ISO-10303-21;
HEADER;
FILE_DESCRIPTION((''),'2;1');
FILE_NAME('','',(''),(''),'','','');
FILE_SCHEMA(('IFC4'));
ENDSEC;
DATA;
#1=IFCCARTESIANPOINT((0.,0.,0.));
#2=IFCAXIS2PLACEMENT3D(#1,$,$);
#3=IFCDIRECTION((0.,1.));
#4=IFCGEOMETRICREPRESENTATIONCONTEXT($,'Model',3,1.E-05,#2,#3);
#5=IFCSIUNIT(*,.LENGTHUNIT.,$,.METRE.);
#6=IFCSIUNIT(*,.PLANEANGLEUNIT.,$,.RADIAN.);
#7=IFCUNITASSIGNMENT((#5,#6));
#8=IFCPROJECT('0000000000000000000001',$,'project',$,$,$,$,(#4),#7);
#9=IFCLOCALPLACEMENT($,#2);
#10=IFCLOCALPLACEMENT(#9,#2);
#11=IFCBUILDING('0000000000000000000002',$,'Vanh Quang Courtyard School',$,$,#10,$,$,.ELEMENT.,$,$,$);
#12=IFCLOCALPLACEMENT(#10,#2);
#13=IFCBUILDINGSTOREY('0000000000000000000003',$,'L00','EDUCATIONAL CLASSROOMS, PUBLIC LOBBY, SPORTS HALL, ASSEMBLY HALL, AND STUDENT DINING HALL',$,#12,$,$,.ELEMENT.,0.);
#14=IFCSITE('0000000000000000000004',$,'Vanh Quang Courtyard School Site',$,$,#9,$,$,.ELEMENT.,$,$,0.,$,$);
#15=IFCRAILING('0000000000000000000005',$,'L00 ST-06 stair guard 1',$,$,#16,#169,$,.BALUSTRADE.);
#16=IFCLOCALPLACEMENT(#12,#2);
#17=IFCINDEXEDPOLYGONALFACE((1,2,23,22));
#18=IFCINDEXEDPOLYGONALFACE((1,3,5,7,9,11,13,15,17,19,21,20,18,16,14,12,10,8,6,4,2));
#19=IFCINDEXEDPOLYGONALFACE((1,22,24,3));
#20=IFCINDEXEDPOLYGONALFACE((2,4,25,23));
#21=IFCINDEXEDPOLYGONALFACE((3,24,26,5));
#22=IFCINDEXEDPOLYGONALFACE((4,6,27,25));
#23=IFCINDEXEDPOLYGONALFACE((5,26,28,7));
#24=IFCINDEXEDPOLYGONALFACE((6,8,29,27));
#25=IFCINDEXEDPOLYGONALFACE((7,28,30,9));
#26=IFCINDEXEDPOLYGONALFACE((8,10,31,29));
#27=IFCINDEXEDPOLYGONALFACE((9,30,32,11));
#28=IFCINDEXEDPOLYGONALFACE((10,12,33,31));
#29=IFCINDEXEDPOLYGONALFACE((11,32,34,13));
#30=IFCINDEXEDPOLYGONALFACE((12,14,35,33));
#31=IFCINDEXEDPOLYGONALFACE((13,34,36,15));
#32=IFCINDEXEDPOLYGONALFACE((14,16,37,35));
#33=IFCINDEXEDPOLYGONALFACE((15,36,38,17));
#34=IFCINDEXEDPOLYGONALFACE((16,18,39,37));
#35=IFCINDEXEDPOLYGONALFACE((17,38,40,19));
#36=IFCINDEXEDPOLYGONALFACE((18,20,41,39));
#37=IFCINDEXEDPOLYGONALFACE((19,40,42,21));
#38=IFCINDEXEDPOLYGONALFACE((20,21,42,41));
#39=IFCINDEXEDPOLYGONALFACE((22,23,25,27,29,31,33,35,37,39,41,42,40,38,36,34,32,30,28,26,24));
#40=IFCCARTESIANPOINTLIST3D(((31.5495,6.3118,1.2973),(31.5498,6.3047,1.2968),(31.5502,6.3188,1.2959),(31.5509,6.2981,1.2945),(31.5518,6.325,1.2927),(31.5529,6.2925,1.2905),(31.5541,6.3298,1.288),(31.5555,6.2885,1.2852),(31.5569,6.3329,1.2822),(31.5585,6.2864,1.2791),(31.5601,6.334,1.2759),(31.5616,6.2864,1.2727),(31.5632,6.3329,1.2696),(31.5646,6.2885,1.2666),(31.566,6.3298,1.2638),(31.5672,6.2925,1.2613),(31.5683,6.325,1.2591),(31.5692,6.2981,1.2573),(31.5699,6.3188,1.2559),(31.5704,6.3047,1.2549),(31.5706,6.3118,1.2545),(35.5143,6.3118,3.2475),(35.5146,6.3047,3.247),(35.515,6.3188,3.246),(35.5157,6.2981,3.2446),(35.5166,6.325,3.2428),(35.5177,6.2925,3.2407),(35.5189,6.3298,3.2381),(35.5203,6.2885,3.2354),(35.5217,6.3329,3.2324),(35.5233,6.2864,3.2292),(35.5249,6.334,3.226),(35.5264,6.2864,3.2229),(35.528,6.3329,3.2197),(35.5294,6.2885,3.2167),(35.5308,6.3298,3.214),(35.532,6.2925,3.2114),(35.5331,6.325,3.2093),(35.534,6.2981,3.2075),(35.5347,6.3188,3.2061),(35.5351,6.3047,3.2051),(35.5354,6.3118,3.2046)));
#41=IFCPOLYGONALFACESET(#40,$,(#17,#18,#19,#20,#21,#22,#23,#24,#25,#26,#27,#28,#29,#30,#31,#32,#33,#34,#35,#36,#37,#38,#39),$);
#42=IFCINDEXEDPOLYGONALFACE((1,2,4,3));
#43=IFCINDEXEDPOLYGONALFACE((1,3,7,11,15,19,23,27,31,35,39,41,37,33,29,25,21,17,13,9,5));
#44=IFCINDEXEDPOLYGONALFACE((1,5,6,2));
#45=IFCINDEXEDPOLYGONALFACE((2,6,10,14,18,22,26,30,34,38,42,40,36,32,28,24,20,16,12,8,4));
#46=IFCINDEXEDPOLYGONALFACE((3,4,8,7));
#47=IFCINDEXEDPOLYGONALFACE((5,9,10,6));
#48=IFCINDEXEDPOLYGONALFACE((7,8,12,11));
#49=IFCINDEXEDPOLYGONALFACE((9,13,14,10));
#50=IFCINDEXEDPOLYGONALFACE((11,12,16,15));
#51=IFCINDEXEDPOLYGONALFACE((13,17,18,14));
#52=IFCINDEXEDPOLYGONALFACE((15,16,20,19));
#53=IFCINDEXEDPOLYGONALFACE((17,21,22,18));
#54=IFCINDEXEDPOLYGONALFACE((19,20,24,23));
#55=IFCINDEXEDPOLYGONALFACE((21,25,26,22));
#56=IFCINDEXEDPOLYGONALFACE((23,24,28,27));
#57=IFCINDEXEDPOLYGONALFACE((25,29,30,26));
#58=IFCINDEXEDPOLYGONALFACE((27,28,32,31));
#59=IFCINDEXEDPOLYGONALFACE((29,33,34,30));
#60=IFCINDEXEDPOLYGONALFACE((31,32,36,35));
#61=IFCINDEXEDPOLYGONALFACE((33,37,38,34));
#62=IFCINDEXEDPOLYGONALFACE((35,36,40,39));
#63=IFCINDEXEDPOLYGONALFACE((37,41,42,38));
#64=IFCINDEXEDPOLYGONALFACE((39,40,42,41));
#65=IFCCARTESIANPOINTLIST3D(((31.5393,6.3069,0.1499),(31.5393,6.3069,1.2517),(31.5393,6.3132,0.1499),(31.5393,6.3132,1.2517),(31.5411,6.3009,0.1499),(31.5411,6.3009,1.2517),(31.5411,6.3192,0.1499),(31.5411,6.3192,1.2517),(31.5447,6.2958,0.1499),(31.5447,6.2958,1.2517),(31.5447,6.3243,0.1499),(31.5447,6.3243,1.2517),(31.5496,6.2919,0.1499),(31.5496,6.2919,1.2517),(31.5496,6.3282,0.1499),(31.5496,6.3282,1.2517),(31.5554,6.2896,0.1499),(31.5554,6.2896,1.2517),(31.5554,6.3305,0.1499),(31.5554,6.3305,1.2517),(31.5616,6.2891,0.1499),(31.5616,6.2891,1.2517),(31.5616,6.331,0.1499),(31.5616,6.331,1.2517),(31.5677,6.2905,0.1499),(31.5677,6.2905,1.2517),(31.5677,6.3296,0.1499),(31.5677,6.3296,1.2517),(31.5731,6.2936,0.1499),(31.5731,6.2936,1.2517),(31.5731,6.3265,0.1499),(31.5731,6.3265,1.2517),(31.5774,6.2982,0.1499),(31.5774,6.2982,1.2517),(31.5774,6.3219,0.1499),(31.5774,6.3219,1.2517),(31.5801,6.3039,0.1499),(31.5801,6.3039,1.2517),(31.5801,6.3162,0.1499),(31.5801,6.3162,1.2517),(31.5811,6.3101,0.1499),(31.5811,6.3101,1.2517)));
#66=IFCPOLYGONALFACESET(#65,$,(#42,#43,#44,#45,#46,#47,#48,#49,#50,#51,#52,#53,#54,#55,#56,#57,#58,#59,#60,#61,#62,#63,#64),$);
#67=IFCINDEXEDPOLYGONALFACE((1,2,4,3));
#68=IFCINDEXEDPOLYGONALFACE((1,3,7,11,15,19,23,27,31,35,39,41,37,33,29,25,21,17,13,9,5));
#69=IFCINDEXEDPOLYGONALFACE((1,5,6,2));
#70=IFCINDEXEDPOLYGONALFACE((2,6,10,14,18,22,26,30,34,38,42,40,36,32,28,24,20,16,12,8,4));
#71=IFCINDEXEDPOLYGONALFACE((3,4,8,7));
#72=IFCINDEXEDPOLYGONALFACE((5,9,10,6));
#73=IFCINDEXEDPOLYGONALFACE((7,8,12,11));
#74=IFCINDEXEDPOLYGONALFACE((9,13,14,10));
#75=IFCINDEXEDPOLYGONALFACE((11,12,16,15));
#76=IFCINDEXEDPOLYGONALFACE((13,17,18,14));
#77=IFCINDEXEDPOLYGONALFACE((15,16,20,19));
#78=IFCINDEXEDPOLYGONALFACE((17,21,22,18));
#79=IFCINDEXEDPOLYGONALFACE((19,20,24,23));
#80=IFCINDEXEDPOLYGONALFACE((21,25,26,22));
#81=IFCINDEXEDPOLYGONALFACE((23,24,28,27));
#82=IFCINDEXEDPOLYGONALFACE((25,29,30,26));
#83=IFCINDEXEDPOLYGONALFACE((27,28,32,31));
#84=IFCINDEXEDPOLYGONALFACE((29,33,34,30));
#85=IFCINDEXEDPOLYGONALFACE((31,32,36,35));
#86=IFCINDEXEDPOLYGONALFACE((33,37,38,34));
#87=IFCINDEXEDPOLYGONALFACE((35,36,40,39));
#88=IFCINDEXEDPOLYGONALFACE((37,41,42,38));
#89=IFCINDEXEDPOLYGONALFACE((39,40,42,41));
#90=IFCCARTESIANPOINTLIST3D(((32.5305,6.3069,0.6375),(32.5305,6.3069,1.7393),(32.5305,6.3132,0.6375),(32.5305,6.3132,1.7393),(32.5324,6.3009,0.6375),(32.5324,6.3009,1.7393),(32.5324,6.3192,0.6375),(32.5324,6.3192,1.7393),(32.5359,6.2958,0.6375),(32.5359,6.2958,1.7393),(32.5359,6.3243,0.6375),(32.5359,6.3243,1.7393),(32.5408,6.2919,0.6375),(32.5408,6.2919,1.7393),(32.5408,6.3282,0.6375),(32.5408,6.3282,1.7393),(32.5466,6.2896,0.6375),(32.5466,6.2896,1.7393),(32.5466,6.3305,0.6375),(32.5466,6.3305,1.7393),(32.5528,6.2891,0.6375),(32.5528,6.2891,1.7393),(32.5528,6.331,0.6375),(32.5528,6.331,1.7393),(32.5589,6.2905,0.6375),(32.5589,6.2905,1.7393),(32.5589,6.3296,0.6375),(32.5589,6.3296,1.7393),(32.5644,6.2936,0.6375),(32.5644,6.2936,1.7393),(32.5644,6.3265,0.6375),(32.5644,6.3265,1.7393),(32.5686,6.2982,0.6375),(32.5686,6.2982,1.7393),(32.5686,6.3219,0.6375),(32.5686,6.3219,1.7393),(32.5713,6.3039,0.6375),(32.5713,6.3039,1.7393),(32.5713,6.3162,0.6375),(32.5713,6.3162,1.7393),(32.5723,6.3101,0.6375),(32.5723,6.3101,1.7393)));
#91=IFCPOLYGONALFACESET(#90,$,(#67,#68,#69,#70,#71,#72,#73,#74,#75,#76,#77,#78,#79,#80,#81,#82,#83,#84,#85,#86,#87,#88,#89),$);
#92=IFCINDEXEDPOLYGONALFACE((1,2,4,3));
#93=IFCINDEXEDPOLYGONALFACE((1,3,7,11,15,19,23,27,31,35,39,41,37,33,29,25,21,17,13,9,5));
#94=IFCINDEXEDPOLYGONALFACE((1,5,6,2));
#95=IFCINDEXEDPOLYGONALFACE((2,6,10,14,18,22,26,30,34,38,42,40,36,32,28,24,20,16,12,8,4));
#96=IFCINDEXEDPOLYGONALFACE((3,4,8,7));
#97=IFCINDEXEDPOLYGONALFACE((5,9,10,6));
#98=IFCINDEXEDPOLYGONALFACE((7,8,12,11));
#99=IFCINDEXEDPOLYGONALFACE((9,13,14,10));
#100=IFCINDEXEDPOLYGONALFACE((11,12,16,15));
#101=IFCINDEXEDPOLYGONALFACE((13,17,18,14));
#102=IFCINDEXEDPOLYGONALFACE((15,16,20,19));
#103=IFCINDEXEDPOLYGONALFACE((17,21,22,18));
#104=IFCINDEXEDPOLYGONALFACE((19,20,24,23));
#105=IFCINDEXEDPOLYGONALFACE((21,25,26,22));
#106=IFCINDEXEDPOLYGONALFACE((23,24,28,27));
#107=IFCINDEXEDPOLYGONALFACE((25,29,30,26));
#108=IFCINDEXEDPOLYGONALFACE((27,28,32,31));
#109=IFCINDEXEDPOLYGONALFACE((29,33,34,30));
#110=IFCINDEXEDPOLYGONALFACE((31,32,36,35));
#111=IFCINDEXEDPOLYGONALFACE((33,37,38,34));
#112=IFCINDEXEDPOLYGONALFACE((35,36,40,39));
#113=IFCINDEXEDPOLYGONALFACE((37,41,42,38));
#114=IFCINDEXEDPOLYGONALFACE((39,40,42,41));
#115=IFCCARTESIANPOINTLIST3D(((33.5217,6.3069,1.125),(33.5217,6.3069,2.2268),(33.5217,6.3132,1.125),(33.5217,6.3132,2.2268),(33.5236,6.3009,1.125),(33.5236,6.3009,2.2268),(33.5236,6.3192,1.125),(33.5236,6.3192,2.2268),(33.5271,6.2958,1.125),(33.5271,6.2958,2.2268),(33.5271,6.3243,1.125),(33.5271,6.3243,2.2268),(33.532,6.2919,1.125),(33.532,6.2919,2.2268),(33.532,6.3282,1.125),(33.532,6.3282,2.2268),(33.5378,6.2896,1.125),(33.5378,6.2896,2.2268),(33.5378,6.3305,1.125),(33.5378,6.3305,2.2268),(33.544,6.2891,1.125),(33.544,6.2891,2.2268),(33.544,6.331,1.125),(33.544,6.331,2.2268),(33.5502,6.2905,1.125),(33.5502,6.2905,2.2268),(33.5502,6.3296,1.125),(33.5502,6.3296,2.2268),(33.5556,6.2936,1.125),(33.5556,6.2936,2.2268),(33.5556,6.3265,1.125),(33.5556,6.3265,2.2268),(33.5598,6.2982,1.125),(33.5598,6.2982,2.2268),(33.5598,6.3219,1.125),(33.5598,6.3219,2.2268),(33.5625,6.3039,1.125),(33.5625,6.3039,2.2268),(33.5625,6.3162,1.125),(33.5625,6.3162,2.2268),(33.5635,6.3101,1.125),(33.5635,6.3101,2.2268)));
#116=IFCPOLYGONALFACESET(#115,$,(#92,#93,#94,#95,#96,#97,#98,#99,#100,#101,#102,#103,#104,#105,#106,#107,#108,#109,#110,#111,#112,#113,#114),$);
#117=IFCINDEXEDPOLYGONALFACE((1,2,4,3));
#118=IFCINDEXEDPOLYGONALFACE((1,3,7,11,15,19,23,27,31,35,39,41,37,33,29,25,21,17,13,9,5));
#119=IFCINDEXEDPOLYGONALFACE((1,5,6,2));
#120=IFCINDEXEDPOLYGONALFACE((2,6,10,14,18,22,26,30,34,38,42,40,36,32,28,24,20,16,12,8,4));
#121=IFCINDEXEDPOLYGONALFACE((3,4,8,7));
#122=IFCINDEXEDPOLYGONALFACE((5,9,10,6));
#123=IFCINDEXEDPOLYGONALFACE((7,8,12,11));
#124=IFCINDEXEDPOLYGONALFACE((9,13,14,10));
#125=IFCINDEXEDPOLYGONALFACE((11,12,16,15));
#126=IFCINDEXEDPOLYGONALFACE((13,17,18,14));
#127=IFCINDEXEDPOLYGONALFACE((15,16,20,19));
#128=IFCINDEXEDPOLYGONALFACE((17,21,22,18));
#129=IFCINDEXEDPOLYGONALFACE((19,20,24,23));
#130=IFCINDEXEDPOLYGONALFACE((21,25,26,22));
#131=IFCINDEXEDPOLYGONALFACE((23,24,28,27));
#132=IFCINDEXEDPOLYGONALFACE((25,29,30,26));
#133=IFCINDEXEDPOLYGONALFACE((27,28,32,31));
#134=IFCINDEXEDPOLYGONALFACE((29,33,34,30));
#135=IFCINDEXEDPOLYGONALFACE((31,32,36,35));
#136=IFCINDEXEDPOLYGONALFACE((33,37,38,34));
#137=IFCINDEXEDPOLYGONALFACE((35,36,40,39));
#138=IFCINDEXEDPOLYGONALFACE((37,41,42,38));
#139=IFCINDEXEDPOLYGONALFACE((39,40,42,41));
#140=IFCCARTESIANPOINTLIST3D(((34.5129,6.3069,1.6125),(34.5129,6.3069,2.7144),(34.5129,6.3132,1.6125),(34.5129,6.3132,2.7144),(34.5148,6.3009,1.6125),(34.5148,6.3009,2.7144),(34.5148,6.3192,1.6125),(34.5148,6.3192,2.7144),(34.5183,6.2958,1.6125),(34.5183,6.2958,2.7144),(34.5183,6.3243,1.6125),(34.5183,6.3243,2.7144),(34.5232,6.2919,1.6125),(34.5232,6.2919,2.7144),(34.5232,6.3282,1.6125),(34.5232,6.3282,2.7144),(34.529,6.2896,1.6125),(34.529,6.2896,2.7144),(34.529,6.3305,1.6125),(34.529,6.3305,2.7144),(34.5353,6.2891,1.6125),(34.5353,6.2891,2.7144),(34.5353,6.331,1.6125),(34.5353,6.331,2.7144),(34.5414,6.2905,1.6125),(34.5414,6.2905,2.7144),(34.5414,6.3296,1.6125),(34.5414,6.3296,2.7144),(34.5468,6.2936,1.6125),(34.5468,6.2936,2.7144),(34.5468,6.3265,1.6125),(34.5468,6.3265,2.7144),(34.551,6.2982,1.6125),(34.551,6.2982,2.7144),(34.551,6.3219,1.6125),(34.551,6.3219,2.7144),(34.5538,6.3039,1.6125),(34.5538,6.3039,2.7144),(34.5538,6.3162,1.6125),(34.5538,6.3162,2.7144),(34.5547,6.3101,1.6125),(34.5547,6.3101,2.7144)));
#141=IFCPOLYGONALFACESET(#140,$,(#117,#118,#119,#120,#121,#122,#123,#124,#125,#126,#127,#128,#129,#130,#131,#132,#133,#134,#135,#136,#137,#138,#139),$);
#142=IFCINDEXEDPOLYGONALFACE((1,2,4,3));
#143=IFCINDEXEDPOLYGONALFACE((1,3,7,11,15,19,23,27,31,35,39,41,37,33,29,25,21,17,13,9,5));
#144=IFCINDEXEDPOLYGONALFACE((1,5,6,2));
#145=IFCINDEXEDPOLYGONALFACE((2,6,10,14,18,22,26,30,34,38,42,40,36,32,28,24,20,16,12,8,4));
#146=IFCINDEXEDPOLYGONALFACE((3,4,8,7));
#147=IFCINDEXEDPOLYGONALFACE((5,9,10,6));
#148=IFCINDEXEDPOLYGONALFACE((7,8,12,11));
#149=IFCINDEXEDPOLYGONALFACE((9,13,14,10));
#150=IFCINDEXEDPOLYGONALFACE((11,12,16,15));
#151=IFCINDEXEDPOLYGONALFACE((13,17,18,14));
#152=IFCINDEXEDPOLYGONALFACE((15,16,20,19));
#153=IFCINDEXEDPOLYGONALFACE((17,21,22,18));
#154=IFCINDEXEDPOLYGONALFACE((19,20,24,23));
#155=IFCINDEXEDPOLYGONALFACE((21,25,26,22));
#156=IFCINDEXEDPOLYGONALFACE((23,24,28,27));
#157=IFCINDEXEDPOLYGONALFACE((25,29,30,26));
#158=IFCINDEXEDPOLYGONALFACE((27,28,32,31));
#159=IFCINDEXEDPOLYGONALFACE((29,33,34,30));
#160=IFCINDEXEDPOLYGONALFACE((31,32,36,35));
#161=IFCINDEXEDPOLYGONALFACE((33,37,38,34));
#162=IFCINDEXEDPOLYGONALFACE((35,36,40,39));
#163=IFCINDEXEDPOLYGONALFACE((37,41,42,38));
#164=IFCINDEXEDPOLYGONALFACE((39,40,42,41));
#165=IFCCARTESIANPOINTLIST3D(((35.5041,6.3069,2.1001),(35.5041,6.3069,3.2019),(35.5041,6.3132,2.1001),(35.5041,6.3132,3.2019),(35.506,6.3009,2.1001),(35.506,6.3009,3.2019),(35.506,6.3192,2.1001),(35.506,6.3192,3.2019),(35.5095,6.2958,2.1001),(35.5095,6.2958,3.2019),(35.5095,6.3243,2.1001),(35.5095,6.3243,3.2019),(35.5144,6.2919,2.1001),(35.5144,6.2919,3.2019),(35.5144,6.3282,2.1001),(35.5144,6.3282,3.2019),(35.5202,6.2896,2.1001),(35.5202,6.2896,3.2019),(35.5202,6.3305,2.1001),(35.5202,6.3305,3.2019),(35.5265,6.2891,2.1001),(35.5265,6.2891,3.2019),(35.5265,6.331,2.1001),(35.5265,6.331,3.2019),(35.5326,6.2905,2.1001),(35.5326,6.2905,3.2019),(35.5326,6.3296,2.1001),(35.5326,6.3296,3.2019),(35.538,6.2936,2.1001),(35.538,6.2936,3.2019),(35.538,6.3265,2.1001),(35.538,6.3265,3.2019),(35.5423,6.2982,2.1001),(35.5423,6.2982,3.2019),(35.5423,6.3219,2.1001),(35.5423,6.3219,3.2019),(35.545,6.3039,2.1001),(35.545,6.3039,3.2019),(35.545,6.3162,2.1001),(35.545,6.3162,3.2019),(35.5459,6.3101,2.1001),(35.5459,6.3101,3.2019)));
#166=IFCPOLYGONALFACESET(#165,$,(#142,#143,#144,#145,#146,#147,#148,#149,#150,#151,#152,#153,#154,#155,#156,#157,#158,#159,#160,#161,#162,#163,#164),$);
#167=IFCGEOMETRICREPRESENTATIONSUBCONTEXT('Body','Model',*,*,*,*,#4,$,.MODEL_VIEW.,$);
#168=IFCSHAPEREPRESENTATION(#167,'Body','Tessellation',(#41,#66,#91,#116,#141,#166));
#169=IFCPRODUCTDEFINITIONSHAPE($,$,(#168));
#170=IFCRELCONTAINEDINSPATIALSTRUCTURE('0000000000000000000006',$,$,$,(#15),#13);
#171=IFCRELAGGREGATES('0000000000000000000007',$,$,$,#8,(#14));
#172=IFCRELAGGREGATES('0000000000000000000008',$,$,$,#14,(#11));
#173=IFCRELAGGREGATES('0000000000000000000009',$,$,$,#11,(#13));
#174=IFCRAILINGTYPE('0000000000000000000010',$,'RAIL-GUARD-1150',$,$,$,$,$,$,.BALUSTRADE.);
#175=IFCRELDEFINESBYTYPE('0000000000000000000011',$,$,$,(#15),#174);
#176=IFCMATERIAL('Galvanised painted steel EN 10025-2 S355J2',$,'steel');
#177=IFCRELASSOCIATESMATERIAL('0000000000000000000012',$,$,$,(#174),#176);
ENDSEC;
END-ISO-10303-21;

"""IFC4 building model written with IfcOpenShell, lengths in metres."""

from ifc_helpers import new_model, si_unit, direction, frame, origin, origin_2d, place, context, subcontext, project, spatial, circle, extrude, material, type_object, element, save


model = new_model("IFC4")

# Units and contexts
model_context = context("Model", 3, precision=1e-05, world=origin(), true_north=direction((0.0, 1.0)))
body_context = subcontext(model_context, "Body", "Model", "MODEL_VIEW")
ifc_project = project(units=[si_unit("LENGTHUNIT", "METRE"), si_unit("PLANEANGLEUNIT", "RADIAN")], contexts=[model_context])

# Site, building, storey
site_placement = place(None, origin())
site = spatial("IfcSite", under=ifc_project, at=site_placement, Name="Vanh Quang Courtyard School Site", CompositionType="ELEMENT", RefElevation=0.0)
building_placement = place(site_placement, origin())
building = spatial("IfcBuilding", under=site, at=building_placement, Name="Vanh Quang Courtyard School", CompositionType="ELEMENT")
storey_placement = place(building_placement, origin())
storey = spatial("IfcBuildingStorey", under=building, at=storey_placement, Name="L00", Description="EDUCATIONAL CLASSROOMS, PUBLIC LOBBY, SPORTS HALL, ASSEMBLY HALL, AND STUDENT DINING HALL", CompositionType="ELEMENT", Elevation=0.0)

# Railing
ifc_material_1 = material(Name="Galvanised painted steel EN 10025-2 S355J2", Category="steel")
railing_type_1 = type_object("IfcRailingType", Name="RAIL-GUARD-1150", PredefinedType="BALUSTRADE", material=ifc_material_1)
railing_1_placement = place(storey_placement, frame((31.5601, 6.3101, 0.1499)))
element("IfcRailing", 1, at=railing_1_placement, inside=storey, type_object=railing_type_1, Name="L00 ST-06 stair guard 1", PredefinedType="BALUSTRADE", context=body_context, shape_type="SweptSolid", body=[
    extrude(circle(Radius=0.0239, at=origin_2d()), frame((0.0, 0.0, 1.126), z_axis=(0.897326, 0.0, 0.441369), x_axis=(0.0, 1.0, 0.0)), (0.0, 0.0, 1.0), 4.4185),
    extrude(circle(Radius=0.021, at=origin_2d()), origin(), (0.0, 0.0, 1.0), 1.1018),
    extrude(circle(Radius=0.021, at=origin_2d()), frame((0.9912, 0.0, 0.4875)), (0.0, 0.0, 1.0), 1.1018),
    extrude(circle(Radius=0.021, at=origin_2d()), frame((1.9824, 0.0, 0.9751)), (0.0, 0.0, 1.0), 1.1018),
    extrude(circle(Radius=0.021, at=origin_2d()), frame((2.9736, 0.0, 1.4626)), (0.0, 0.0, 1.0), 1.1018),
    extrude(circle(Radius=0.021, at=origin_2d()), frame((3.9648, 0.0, 1.9502)), (0.0, 0.0, 1.0), 1.1018),
])

save(model, "model.ifc")
